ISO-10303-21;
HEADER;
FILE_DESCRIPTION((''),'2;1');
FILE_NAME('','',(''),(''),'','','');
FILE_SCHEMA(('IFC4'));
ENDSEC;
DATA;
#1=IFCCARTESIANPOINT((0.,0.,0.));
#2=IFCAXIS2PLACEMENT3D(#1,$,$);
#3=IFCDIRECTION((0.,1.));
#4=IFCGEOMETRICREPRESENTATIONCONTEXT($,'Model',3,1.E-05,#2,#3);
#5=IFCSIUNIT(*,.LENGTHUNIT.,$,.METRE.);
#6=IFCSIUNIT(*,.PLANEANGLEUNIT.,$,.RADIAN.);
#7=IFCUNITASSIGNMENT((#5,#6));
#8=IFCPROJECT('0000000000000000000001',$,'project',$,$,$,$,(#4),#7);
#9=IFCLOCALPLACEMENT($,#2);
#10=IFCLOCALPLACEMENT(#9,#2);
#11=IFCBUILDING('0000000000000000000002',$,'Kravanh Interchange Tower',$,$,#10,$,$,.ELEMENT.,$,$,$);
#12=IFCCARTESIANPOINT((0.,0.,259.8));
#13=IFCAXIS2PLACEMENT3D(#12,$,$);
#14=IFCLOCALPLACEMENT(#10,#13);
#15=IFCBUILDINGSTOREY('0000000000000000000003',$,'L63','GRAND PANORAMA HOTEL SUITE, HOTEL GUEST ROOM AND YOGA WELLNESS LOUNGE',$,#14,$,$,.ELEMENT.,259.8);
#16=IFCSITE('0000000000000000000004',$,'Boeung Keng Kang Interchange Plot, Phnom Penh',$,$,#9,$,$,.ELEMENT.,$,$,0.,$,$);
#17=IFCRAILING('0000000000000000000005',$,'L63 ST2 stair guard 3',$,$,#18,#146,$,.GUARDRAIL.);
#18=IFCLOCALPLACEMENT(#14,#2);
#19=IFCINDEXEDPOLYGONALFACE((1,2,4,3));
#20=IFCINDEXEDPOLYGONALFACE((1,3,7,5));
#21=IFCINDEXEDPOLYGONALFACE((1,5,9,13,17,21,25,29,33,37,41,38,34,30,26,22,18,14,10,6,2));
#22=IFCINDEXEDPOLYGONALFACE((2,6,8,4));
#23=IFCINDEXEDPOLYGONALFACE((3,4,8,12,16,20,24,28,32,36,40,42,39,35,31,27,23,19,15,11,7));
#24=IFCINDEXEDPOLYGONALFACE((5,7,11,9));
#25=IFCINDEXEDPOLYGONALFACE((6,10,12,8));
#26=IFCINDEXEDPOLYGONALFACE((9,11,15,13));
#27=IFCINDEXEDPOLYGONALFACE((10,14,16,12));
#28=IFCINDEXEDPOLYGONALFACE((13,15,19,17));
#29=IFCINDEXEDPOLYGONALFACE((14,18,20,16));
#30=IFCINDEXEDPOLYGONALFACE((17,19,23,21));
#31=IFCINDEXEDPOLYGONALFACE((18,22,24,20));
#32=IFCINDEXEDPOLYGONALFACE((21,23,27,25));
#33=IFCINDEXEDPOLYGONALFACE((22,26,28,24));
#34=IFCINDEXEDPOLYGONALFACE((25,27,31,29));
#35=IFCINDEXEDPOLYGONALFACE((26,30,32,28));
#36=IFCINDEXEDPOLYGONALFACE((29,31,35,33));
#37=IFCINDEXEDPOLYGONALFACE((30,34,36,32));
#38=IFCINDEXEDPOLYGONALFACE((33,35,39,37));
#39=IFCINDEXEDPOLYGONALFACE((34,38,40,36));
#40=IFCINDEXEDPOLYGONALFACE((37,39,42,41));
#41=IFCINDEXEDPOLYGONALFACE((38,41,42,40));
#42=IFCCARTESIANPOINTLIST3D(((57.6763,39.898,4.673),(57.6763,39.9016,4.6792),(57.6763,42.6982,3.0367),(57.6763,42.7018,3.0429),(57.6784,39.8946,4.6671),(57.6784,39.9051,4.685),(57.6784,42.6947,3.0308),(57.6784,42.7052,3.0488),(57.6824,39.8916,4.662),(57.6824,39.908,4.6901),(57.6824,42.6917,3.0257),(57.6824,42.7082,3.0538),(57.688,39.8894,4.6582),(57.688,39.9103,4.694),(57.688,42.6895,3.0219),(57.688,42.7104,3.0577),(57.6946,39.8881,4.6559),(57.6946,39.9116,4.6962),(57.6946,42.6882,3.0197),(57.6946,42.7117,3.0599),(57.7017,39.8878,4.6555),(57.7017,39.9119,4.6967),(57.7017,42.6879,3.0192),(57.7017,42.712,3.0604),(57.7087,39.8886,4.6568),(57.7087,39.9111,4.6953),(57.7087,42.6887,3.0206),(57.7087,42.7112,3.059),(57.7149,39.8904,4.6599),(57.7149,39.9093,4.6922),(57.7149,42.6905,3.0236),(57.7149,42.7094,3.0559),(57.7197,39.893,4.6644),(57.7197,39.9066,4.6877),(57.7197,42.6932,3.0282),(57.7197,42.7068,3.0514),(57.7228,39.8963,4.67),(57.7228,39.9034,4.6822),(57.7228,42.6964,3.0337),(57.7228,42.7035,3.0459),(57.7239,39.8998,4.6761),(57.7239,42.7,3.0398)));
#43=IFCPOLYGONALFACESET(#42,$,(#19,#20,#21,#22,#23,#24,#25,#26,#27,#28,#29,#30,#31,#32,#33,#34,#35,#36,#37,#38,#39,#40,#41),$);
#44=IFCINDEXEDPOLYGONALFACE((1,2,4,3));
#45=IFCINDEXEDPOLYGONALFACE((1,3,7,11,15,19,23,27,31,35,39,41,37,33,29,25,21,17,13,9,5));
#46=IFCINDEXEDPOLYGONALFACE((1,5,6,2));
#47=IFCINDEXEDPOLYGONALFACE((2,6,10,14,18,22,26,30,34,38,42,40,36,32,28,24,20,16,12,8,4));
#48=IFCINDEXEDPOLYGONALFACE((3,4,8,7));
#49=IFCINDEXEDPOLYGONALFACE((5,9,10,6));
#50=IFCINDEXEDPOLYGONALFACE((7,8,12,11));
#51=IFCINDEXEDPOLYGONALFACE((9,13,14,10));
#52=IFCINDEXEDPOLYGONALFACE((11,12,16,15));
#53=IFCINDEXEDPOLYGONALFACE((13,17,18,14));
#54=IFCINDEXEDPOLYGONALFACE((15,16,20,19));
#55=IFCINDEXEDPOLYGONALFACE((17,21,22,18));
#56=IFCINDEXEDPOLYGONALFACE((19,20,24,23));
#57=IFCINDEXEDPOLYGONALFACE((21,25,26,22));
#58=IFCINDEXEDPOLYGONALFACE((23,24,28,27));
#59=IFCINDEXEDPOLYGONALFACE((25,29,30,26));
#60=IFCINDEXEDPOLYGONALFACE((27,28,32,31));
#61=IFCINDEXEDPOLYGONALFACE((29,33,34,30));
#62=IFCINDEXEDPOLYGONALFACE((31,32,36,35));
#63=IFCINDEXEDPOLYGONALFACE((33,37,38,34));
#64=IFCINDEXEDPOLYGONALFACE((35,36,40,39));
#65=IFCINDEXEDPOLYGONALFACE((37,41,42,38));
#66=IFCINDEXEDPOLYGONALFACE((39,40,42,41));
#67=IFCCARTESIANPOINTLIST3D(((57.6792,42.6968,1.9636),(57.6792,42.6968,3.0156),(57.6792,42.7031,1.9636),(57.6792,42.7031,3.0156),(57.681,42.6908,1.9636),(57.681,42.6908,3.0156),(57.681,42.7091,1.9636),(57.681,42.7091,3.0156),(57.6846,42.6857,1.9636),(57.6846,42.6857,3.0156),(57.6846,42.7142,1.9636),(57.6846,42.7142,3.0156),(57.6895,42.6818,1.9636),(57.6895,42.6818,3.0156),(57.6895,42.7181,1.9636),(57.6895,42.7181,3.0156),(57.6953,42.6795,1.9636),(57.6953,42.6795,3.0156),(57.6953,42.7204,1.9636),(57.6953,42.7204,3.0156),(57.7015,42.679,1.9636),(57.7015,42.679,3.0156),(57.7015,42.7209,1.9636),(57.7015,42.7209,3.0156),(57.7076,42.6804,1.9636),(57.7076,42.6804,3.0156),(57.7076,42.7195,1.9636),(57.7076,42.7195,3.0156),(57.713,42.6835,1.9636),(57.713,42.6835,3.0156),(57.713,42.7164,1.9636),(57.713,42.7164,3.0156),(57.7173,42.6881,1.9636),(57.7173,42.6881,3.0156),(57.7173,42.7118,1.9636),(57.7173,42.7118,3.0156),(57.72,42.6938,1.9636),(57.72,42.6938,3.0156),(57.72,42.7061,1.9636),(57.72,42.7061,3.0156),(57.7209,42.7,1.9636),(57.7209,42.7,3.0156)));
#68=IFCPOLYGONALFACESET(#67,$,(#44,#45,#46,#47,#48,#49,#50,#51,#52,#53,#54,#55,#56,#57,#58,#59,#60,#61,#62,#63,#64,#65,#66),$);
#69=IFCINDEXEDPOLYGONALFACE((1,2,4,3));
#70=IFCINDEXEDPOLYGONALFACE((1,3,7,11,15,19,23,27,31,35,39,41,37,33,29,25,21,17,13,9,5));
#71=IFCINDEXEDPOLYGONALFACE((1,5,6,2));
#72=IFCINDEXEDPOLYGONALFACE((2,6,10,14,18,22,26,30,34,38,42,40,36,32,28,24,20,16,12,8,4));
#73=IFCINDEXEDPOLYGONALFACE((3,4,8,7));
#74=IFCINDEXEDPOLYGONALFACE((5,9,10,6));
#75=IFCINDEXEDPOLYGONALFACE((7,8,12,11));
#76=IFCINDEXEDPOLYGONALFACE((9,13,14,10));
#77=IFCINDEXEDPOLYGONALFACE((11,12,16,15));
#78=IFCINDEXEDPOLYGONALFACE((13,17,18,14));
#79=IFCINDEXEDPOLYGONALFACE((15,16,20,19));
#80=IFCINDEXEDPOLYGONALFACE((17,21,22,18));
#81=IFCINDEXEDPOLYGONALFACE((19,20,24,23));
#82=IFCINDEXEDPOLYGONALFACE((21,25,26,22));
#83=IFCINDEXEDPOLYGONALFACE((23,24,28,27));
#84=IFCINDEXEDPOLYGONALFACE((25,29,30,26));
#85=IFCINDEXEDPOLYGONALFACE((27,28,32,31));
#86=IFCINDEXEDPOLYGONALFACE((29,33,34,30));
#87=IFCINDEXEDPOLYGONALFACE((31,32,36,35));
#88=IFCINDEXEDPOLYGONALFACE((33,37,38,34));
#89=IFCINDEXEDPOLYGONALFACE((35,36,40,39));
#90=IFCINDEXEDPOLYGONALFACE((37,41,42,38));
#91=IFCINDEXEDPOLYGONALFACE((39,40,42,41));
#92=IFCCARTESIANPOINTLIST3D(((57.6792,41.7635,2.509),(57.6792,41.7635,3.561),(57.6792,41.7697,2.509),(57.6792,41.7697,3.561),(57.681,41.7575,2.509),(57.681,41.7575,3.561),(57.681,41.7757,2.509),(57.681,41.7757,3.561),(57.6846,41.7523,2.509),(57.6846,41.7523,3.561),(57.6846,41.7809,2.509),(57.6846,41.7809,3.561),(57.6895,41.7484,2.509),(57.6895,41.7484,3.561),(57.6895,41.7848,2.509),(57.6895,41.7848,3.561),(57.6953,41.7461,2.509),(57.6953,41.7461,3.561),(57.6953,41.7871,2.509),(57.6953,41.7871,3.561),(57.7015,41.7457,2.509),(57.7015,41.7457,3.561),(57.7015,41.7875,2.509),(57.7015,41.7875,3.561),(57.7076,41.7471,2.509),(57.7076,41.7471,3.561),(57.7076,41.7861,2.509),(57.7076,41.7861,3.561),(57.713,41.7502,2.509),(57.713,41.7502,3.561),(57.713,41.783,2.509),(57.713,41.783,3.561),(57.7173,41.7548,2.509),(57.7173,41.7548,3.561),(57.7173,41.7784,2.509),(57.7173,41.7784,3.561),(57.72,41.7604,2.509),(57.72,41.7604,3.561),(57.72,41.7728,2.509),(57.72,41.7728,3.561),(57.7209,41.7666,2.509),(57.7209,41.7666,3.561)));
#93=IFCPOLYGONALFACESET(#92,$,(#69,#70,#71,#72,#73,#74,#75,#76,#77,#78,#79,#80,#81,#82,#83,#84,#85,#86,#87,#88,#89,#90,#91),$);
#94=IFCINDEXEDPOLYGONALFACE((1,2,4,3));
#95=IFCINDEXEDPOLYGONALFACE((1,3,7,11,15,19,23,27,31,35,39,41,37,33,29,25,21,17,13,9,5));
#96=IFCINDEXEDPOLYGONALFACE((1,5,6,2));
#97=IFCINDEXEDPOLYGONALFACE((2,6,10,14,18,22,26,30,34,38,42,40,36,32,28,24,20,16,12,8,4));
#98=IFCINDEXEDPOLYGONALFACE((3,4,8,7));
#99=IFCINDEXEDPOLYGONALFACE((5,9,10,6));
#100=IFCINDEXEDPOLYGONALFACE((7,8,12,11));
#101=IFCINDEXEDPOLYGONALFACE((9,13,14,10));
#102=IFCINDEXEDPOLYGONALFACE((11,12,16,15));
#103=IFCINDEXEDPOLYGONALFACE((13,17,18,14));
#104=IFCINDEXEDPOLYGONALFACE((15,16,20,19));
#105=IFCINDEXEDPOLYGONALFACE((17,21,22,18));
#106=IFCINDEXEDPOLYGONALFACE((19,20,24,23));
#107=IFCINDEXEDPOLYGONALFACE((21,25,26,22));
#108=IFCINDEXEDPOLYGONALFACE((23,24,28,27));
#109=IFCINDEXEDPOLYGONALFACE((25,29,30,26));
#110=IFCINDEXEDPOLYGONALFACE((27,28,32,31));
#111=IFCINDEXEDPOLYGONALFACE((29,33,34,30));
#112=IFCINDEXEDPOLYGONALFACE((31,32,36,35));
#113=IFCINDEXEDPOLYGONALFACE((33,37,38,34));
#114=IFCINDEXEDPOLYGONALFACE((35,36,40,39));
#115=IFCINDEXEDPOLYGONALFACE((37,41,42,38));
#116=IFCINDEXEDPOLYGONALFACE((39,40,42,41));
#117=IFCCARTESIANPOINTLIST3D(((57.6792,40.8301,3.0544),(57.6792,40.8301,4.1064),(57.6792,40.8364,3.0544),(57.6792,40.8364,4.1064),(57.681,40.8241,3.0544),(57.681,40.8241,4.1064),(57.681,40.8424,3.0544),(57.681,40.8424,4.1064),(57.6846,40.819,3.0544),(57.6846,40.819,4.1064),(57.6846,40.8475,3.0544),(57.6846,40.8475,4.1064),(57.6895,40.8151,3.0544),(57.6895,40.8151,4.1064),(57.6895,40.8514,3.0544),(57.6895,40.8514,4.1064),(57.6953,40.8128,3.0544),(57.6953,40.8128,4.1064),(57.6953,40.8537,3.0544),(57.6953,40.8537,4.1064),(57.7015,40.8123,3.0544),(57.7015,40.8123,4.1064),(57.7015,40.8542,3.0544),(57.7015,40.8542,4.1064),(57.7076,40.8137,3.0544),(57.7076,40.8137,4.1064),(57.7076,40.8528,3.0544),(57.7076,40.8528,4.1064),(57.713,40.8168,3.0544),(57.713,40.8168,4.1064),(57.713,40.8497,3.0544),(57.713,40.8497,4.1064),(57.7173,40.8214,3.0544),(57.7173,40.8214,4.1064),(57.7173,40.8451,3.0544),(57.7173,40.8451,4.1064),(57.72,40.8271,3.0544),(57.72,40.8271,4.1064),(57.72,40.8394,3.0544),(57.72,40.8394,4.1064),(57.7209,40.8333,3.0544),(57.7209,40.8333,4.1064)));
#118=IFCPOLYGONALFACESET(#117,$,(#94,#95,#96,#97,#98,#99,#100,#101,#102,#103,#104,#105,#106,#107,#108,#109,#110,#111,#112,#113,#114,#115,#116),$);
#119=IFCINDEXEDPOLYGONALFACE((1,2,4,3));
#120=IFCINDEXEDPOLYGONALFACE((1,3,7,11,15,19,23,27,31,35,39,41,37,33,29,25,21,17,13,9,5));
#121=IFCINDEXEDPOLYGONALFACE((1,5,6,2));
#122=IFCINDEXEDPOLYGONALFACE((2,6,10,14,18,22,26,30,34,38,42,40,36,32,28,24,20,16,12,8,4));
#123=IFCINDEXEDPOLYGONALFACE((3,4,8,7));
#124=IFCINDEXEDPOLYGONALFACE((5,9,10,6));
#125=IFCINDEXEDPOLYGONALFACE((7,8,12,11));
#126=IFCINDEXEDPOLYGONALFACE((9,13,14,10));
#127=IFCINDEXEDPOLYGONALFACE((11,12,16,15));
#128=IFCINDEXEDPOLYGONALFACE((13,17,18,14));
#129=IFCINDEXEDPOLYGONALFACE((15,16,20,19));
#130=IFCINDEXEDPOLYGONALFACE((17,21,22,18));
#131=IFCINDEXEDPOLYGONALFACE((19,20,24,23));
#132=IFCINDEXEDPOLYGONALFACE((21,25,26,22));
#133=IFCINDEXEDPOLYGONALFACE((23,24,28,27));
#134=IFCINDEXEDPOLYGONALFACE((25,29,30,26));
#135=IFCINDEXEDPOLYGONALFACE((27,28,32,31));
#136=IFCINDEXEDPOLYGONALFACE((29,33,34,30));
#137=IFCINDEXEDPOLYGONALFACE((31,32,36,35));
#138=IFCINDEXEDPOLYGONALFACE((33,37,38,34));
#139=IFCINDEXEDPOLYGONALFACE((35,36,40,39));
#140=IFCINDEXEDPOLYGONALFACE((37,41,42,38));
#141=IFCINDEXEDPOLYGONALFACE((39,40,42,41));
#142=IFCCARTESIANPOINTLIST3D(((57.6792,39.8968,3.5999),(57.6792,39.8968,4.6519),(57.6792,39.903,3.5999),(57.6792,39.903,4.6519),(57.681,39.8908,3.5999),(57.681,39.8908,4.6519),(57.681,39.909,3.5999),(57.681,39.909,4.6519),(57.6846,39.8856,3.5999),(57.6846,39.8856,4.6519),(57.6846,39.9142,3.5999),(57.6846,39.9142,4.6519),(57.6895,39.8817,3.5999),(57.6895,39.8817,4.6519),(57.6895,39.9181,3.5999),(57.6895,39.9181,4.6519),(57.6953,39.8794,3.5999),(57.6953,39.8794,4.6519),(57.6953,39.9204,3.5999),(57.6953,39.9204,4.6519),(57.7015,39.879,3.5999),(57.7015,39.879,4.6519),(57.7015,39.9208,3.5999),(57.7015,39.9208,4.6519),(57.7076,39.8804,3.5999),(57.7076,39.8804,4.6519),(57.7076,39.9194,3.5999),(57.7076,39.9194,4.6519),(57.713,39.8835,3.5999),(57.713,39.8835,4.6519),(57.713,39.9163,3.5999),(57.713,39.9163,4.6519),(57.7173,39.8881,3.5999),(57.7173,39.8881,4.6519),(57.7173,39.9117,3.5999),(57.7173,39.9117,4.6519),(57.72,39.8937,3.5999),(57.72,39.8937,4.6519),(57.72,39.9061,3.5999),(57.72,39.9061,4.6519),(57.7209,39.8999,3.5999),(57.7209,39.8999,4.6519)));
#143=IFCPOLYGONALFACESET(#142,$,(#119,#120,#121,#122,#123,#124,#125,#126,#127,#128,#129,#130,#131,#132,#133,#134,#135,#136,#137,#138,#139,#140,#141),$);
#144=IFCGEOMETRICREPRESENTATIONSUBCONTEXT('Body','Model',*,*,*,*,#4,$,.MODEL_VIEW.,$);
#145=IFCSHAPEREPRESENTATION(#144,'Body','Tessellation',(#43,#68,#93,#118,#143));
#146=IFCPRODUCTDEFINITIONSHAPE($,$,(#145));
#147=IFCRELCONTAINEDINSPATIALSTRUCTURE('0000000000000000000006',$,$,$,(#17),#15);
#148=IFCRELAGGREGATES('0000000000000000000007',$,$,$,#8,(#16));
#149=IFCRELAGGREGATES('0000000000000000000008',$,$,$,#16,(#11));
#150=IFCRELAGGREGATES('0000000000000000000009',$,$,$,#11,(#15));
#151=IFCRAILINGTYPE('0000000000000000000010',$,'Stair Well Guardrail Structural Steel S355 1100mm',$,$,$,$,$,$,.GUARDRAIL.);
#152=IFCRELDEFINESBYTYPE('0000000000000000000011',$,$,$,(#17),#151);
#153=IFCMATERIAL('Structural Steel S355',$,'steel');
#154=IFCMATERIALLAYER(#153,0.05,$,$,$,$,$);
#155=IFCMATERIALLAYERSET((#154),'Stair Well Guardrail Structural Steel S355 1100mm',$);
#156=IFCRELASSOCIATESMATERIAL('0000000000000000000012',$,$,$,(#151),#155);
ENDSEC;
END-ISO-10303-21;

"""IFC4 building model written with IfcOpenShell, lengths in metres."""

from ifc_helpers import new_model, si_unit, direction, frame, origin, origin_2d, place, context, subcontext, project, spatial, circle, extrude, material, layer, layer_set, type_object, element, save


model = new_model("IFC4")

# Units and contexts
model_context = context("Model", 3, precision=1e-05, world=origin(), true_north=direction((0.0, 1.0)))
body_context = subcontext(model_context, "Body", "Model", "MODEL_VIEW")
ifc_project = project(units=[si_unit("LENGTHUNIT", "METRE"), si_unit("PLANEANGLEUNIT", "RADIAN")], contexts=[model_context])

# Site, building, storey
site_placement = place(None, origin())
site = spatial("IfcSite", under=ifc_project, at=site_placement, Name="Boeung Keng Kang Interchange Plot, Phnom Penh", CompositionType="ELEMENT", RefElevation=0.0)
building_placement = place(site_placement, origin())
building = spatial("IfcBuilding", under=site, at=building_placement, Name="Kravanh Interchange Tower", CompositionType="ELEMENT")
storey_placement = place(building_placement, frame((0.0, 0.0, 259.8)))
storey = spatial("IfcBuildingStorey", under=building, at=storey_placement, Name="L63", Description="GRAND PANORAMA HOTEL SUITE, HOTEL GUEST ROOM AND YOGA WELLNESS LOUNGE", CompositionType="ELEMENT", Elevation=259.8)

# Railing
ifc_material_1 = material(Name="Structural Steel S355", Category="steel")
ifc_layer_1 = layer(ifc_material_1, 0.05)
ifc_layer_set_1 = layer_set([ifc_layer_1], Name="Stair Well Guardrail Structural Steel S355 1100mm")
railing_type_1 = type_object("IfcRailingType", Name="Stair Well Guardrail Structural Steel S355 1100mm", PredefinedType="GUARDRAIL", material=ifc_layer_set_1)
railing_1_placement = place(storey_placement, frame((57.7, 42.7, 1.9636)))
element("IfcRailing", 1, at=railing_1_placement, inside=storey, type_object=railing_type_1, Name="L63 ST2 stair guard 3", PredefinedType="GUARDRAIL", context=body_context, shape_type="SweptSolid", body=[
    extrude(circle(Radius=0.0239, at=origin_2d()), frame((0.0, 0.0, 1.0762), z_axis=(0.0, -0.863394, 0.504531), x_axis=(1.0, 0.0, 0.0)), (0.0, 0.0, 1.0), 3.2432),
    extrude(circle(Radius=0.021, at=origin_2d()), origin(), (0.0, 0.0, 1.0), 1.052),
    extrude(circle(Radius=0.021, at=origin_2d()), frame((0.0, -0.9333, 0.5454)), (0.0, 0.0, 1.0), 1.052),
    extrude(circle(Radius=0.021, at=origin_2d()), frame((0.0, -1.8667, 1.0908)), (0.0, 0.0, 1.0), 1.052),
    extrude(circle(Radius=0.021, at=origin_2d()), frame((0.0, -2.8, 1.6362)), (0.0, 0.0, 1.0), 1.052),
])

save(model, "model.ifc")
